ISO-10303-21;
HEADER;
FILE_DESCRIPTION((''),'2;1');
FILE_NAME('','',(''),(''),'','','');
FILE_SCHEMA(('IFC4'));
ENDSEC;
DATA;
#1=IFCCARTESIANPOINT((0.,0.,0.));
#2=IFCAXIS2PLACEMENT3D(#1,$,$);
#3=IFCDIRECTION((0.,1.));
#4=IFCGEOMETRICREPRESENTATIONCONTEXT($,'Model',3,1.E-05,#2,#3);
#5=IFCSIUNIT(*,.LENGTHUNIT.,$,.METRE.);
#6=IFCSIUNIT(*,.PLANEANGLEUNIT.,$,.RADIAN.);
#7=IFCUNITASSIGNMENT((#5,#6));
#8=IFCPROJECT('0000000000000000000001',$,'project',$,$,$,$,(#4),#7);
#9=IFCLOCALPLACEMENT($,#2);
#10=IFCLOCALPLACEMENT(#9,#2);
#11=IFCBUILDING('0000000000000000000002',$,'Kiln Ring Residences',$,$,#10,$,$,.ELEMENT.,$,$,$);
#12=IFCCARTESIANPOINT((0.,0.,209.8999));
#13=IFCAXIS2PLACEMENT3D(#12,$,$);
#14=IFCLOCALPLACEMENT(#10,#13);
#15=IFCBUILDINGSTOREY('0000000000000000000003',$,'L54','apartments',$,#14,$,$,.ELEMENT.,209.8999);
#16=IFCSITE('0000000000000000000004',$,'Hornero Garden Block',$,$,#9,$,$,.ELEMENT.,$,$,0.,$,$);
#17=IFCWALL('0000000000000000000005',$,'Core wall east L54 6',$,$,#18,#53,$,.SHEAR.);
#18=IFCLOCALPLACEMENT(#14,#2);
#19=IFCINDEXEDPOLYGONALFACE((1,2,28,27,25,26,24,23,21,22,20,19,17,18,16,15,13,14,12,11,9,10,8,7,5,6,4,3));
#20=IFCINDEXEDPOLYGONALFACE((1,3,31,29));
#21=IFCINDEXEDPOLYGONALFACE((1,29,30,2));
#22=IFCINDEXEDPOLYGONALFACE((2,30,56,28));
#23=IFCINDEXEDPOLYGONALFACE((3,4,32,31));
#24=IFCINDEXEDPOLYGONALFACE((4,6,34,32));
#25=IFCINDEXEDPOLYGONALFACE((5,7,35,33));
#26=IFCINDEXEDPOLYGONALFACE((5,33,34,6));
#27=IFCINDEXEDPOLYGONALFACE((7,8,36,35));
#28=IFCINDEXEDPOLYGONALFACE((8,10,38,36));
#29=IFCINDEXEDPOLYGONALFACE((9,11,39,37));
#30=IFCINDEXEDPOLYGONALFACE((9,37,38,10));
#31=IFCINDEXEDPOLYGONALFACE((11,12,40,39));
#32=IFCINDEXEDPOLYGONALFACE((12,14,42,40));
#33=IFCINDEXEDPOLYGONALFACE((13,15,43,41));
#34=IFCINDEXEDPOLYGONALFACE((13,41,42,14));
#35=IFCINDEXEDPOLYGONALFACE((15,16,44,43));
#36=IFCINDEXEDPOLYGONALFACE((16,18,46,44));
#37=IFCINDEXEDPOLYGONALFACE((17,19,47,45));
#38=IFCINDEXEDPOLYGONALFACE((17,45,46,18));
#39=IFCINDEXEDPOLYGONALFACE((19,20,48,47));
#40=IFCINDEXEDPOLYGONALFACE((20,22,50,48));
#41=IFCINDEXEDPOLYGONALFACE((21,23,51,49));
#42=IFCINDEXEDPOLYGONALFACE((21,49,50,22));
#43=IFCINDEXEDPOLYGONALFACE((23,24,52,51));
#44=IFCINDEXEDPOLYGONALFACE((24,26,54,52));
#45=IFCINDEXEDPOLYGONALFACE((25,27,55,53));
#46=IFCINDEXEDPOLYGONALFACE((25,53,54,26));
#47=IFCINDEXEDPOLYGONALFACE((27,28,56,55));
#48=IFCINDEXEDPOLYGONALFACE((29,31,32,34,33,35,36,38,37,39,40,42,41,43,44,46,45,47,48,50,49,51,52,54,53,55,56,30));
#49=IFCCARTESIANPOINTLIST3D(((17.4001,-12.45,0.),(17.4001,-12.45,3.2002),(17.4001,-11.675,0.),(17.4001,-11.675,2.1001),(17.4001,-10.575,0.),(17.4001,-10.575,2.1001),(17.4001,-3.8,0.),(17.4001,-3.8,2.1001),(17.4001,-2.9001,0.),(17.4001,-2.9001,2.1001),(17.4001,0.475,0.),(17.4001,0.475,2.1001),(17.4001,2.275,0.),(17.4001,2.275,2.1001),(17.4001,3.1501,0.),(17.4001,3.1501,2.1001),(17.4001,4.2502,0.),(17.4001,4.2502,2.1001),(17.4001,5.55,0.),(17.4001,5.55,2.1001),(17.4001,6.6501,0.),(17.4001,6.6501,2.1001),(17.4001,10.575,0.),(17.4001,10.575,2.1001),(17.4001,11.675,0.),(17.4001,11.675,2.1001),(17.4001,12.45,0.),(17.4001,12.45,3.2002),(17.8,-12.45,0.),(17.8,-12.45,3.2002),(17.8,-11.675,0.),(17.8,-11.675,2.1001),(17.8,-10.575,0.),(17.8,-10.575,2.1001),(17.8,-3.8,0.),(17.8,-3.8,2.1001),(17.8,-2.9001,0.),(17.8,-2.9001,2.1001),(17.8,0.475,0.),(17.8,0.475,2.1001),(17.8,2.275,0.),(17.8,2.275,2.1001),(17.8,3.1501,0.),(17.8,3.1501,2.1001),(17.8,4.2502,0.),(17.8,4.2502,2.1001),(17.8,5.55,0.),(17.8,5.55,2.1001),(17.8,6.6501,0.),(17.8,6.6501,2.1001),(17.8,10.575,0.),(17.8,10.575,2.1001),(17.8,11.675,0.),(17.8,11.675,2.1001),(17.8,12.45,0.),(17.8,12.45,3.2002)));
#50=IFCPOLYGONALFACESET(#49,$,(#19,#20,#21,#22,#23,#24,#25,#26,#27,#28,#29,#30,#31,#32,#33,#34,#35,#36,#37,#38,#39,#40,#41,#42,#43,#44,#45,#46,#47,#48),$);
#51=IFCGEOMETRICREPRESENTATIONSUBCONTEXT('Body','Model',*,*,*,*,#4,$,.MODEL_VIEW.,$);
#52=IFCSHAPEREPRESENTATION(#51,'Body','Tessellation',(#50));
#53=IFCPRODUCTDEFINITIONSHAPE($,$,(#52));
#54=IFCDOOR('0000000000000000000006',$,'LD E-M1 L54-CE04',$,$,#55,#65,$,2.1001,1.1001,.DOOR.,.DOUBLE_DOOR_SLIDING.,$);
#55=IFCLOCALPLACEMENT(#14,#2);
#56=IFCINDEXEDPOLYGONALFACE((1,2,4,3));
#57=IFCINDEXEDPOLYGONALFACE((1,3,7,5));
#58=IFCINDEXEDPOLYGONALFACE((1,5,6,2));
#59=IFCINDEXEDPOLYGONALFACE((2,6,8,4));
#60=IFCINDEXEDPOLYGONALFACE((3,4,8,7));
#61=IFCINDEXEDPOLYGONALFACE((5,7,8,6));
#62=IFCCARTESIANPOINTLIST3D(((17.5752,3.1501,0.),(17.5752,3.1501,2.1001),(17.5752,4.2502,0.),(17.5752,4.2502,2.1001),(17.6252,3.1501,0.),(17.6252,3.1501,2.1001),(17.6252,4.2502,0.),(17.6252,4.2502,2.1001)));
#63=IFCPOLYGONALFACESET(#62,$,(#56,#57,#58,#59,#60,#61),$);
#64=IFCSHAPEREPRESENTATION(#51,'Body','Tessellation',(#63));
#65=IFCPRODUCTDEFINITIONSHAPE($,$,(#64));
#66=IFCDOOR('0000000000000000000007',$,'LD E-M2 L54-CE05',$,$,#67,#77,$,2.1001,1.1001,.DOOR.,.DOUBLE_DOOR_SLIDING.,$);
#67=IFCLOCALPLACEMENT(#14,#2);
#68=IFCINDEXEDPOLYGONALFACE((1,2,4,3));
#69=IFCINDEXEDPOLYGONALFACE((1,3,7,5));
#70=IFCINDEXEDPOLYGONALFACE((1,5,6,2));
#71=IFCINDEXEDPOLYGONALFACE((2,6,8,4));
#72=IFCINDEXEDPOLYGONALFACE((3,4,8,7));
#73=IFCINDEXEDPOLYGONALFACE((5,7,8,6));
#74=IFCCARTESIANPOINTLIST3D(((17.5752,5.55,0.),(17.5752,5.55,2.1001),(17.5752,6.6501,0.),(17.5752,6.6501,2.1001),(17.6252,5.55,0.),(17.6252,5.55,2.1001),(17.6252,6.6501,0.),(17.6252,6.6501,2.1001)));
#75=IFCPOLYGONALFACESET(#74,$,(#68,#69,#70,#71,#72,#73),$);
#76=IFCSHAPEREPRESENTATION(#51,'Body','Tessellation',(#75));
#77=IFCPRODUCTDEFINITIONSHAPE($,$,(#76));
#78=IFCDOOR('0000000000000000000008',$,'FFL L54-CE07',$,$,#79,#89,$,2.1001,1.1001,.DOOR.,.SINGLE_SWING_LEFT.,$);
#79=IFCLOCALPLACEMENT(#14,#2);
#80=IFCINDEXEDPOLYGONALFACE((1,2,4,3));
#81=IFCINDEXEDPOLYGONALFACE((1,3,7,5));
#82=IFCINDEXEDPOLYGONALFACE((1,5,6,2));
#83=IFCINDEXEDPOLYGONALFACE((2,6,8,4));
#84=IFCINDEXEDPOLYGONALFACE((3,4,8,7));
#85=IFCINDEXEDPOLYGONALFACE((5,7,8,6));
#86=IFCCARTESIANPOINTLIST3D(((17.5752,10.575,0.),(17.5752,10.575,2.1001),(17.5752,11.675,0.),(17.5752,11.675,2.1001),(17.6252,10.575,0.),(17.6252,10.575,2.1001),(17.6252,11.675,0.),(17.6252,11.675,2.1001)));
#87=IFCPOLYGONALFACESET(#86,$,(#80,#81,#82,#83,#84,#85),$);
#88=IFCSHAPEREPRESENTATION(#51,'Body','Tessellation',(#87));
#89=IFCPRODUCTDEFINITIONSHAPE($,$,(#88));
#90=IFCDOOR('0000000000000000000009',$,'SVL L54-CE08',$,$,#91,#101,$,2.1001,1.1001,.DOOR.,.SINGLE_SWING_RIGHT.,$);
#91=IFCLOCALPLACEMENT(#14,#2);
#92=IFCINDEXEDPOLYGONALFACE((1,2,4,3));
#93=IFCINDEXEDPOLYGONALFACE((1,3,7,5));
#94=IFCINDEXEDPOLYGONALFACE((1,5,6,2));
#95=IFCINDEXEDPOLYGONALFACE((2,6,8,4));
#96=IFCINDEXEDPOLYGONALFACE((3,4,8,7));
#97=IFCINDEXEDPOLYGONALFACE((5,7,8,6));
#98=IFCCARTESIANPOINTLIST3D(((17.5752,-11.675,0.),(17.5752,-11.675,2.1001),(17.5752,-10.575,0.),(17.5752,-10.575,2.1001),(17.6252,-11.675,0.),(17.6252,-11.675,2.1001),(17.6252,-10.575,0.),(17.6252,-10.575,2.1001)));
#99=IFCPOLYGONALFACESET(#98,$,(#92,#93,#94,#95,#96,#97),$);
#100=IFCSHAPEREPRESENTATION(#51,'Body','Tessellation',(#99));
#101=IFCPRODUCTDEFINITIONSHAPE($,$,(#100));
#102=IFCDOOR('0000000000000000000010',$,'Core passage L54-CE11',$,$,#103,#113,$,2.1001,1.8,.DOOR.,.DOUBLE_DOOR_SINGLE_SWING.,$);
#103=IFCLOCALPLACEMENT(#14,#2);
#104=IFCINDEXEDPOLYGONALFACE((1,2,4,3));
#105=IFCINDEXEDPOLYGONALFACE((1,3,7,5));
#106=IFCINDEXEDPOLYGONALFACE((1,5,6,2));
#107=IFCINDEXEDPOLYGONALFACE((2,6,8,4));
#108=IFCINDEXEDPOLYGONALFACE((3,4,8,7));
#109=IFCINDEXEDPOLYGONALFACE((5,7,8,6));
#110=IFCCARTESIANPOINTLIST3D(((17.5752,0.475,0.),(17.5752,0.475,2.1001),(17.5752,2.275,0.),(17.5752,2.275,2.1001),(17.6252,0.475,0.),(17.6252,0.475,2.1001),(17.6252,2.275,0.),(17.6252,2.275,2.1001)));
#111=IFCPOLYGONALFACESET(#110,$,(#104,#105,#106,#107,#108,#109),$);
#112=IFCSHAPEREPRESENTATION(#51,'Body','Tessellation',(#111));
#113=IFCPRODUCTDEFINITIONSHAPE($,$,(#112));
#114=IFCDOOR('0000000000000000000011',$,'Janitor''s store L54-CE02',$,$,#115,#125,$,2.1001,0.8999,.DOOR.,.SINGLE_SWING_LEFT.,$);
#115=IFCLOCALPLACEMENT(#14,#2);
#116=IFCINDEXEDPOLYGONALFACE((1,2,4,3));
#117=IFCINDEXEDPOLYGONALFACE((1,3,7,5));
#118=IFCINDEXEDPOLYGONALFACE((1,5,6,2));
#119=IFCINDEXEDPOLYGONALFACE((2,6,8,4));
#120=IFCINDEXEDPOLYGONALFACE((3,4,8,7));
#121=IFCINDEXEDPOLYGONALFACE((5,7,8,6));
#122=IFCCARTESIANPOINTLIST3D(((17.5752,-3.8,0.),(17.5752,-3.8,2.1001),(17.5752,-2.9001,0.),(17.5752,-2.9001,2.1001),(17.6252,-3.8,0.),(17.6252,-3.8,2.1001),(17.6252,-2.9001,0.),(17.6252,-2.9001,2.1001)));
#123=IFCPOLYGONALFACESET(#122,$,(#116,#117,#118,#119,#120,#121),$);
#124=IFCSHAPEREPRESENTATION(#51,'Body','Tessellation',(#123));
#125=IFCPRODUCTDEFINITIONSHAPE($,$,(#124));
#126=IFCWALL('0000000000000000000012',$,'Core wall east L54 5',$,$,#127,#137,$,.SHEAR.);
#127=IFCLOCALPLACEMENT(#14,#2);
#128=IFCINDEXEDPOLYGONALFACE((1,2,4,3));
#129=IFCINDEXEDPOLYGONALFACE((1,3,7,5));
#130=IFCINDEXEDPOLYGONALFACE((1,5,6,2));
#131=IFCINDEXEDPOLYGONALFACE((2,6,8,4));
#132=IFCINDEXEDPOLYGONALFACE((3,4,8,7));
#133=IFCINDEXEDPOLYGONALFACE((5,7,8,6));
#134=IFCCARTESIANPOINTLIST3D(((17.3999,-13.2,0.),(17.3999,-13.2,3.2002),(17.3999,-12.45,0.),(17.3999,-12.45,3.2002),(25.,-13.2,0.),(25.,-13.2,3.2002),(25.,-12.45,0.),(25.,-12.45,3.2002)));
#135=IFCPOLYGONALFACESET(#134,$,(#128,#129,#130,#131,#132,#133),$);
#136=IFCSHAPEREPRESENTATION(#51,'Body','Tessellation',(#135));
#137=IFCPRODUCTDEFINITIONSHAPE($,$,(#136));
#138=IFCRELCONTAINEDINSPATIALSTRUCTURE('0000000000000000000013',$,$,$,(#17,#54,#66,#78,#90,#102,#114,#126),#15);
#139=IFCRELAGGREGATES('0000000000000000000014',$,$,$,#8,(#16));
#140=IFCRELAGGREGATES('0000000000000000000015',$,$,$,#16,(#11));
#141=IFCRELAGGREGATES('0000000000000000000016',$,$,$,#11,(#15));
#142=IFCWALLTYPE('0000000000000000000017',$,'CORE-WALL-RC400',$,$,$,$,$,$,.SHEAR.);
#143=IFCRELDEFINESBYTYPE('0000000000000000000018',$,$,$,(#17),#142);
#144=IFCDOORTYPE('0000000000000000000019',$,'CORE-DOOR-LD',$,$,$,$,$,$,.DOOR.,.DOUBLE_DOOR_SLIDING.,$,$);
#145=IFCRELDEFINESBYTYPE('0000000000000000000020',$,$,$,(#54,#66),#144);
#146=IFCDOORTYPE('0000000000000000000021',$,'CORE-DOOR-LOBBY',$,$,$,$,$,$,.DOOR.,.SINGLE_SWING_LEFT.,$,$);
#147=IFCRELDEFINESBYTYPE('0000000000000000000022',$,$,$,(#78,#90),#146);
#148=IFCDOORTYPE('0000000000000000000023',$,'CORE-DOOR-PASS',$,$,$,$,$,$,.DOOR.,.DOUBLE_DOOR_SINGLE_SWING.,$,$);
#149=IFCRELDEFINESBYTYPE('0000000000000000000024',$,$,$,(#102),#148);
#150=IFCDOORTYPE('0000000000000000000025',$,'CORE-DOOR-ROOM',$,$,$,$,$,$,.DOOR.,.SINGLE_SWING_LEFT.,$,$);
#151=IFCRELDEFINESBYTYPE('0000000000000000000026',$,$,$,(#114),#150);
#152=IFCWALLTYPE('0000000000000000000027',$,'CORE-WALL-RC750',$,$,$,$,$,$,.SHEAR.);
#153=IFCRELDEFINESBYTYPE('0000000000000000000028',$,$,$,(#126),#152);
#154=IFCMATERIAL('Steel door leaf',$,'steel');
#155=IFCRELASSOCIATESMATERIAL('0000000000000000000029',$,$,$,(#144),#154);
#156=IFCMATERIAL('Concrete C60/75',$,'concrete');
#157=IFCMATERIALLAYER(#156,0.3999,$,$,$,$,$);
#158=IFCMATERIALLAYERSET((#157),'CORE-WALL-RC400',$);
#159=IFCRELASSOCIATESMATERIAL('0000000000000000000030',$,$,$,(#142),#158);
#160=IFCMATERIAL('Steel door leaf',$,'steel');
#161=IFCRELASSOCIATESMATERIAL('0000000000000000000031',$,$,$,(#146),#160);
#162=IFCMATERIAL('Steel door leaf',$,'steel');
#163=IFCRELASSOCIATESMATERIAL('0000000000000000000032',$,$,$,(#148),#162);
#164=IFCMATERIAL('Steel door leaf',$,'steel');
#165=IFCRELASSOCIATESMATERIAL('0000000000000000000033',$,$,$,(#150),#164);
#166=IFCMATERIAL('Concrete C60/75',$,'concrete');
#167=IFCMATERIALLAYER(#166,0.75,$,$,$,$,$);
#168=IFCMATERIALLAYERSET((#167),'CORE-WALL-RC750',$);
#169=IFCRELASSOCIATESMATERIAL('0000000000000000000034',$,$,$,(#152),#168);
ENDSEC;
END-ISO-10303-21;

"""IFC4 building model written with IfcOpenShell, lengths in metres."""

from ifc_helpers import new_model, si_unit, direction, frame, frame_2d, origin, place, context, subcontext, project, spatial, rectangle, extrude, material, layer, layer_set, type_object, element, fill, save


model = new_model("IFC4")

# Units and contexts
model_context = context("Model", 3, precision=1e-05, world=origin(), true_north=direction((0.0, 1.0)))
body_context = subcontext(model_context, "Body", "Model", "MODEL_VIEW")
ifc_project = project(units=[si_unit("LENGTHUNIT", "METRE"), si_unit("PLANEANGLEUNIT", "RADIAN")], contexts=[model_context])

# Site, building, storey
site_placement = place(None, origin())
site = spatial("IfcSite", under=ifc_project, at=site_placement, Name="Hornero Garden Block", CompositionType="ELEMENT", RefElevation=0.0)
building_placement = place(site_placement, origin())
building = spatial("IfcBuilding", under=site, at=building_placement, Name="Kiln Ring Residences", CompositionType="ELEMENT")
storey_placement = place(building_placement, frame((0.0, 0.0, 209.8999)))
storey = spatial("IfcBuildingStorey", under=building, at=storey_placement, Name="L54", Description="apartments", CompositionType="ELEMENT", Elevation=209.8999)

# Wall, openings, doors
ifc_material_1 = material(Name="Steel door leaf", Category="steel")
door_type_1 = type_object("IfcDoorType", Name="CORE-DOOR-LD", OperationType="DOUBLE_DOOR_SLIDING", PredefinedType="DOOR", material=ifc_material_1)
ifc_material_2 = material(Name="Concrete C60/75", Category="concrete")
ifc_layer_1 = layer(ifc_material_2, 0.3999)
ifc_layer_set_1 = layer_set([ifc_layer_1], Name="CORE-WALL-RC400")
wall_type_1 = type_object("IfcWallType", Name="CORE-WALL-RC400", PredefinedType="SHEAR", material=ifc_layer_set_1)
wall_1_placement = place(storey_placement, frame((17.6001, -12.45, 0.0), z_axis=(0.0, 0.0, 1.0), x_axis=(0.0, 1.0, 0.0)))
wall_1 = element("IfcWall", 1, at=wall_1_placement, inside=storey, type_object=wall_type_1, Name="Core wall east L54 6", PredefinedType="SHEAR", context=body_context, shape_type="SweptSolid", body=[
    extrude(rectangle(XDim=24.8999, YDim=0.3999, at=frame_2d((12.45, 0.0))), origin(), (0.0, 0.0, 1.0), 3.2002),
])
opening_1_placement = place(wall_1_placement, frame((8.6499, 0.0, 0.0)))
opening_1 = element("IfcOpeningElement", 2, at=opening_1_placement, cuts=wall_1, PredefinedType="OPENING", context=body_context, shape_type="SweptSolid", body=[
    extrude(rectangle(XDim=0.8999, YDim=2.1001, at=frame_2d((0.45, 1.05))), frame((0.0, 0.21, 0.0), z_axis=(0.0, -1.0, 0.0), x_axis=(1.0, 0.0, 0.0)), (0.0, 0.0, 1.0), 0.4199),
])
opening_2_placement = place(wall_1_placement, frame((15.6001, 0.0, 0.0)))
opening_2 = element("IfcOpeningElement", 3, at=opening_2_placement, cuts=wall_1, PredefinedType="OPENING", context=body_context, shape_type="SweptSolid", body=[
    extrude(rectangle(XDim=1.1001, YDim=2.1001, at=frame_2d((0.55, 1.05))), frame((0.0, 0.21, 0.0), z_axis=(0.0, -1.0, 0.0), x_axis=(1.0, 0.0, 0.0)), (0.0, 0.0, 1.0), 0.4199),
])
opening_3_placement = place(wall_1_placement, frame((18.0, 0.0, 0.0)))
opening_3 = element("IfcOpeningElement", 4, at=opening_3_placement, cuts=wall_1, PredefinedType="OPENING", context=body_context, shape_type="SweptSolid", body=[
    extrude(rectangle(XDim=1.1001, YDim=2.1001, at=frame_2d((0.55, 1.05))), frame((0.0, 0.21, 0.0), z_axis=(0.0, -1.0, 0.0), x_axis=(1.0, 0.0, 0.0)), (0.0, 0.0, 1.0), 0.4199),
])
opening_4_placement = place(wall_1_placement, frame((23.0249, 0.0, 0.0)))
opening_4 = element("IfcOpeningElement", 5, at=opening_4_placement, cuts=wall_1, PredefinedType="OPENING", context=body_context, shape_type="SweptSolid", body=[
    extrude(rectangle(XDim=1.1001, YDim=2.1001, at=frame_2d((0.55, 1.05))), frame((0.0, 0.21, 0.0), z_axis=(0.0, -1.0, 0.0), x_axis=(1.0, 0.0, 0.0)), (0.0, 0.0, 1.0), 0.4199),
])
opening_5_placement = place(wall_1_placement, frame((0.7749, 0.0, 0.0)))
opening_5 = element("IfcOpeningElement", 6, at=opening_5_placement, cuts=wall_1, PredefinedType="OPENING", context=body_context, shape_type="SweptSolid", body=[
    extrude(rectangle(XDim=1.1001, YDim=2.1001, at=frame_2d((0.55, 1.05))), frame((0.0, 0.21, 0.0), z_axis=(0.0, -1.0, 0.0), x_axis=(1.0, 0.0, 0.0)), (0.0, 0.0, 1.0), 0.4199),
])
opening_6_placement = place(wall_1_placement, frame((12.925, 0.0, 0.0)))
opening_6 = element("IfcOpeningElement", 7, at=opening_6_placement, cuts=wall_1, PredefinedType="OPENING", context=body_context, shape_type="SweptSolid", body=[
    extrude(rectangle(XDim=1.8, YDim=2.1001, at=frame_2d((0.8999, 1.05))), frame((0.0, 0.21, 0.0), z_axis=(0.0, -1.0, 0.0), x_axis=(1.0, 0.0, 0.0)), (0.0, 0.0, 1.0), 0.4199),
])
door_1_placement = place(opening_2_placement, origin())
door_1 = element("IfcDoor", 8, at=door_1_placement, inside=storey, type_object=door_type_1, Name="LD E-M1 L54-CE04", OperationType="DOUBLE_DOOR_SLIDING", OverallHeight=2.1001, OverallWidth=1.1001, PredefinedType="DOOR", context=body_context, shape_type="SweptSolid", body=[
    extrude(rectangle(XDim=1.1001, YDim=2.1001, at=frame_2d((0.55, 1.05))), frame((0.0, 0.0249, 0.0), z_axis=(0.0, -1.0, 0.0), x_axis=(1.0, 0.0, 0.0)), (0.0, 0.0, 1.0), 0.05),
])
fill(opening_2, door_1)
door_2_placement = place(opening_3_placement, origin())
door_2 = element("IfcDoor", 9, at=door_2_placement, inside=storey, type_object=door_type_1, Name="LD E-M2 L54-CE05", OperationType="DOUBLE_DOOR_SLIDING", OverallHeight=2.1001, OverallWidth=1.1001, PredefinedType="DOOR", context=body_context, shape_type="SweptSolid", body=[
    extrude(rectangle(XDim=1.1001, YDim=2.1001, at=frame_2d((0.55, 1.05))), frame((0.0, 0.0249, 0.0), z_axis=(0.0, -1.0, 0.0), x_axis=(1.0, 0.0, 0.0)), (0.0, 0.0, 1.0), 0.05),
])
fill(opening_3, door_2)
ifc_material_3 = material(Name="Steel door leaf", Category="steel")
door_type_2 = type_object("IfcDoorType", Name="CORE-DOOR-LOBBY", OperationType="SINGLE_SWING_LEFT", PredefinedType="DOOR", material=ifc_material_3)
door_3_placement = place(opening_4_placement, origin())
door_3 = element("IfcDoor", 10, at=door_3_placement, inside=storey, type_object=door_type_2, Name="FFL L54-CE07", OperationType="SINGLE_SWING_LEFT", OverallHeight=2.1001, OverallWidth=1.1001, PredefinedType="DOOR", context=body_context, shape_type="SweptSolid", body=[
    extrude(rectangle(XDim=1.1001, YDim=2.1001, at=frame_2d((0.55, 1.05))), frame((0.0, 0.0249, 0.0), z_axis=(0.0, -1.0, 0.0), x_axis=(1.0, 0.0, 0.0)), (0.0, 0.0, 1.0), 0.05),
])
fill(opening_4, door_3)
door_4_placement = place(opening_5_placement, origin())
door_4 = element("IfcDoor", 11, at=door_4_placement, inside=storey, type_object=door_type_2, Name="SVL L54-CE08", OperationType="SINGLE_SWING_RIGHT", OverallHeight=2.1001, OverallWidth=1.1001, PredefinedType="DOOR", context=body_context, shape_type="SweptSolid", body=[
    extrude(rectangle(XDim=1.1001, YDim=2.1001, at=frame_2d((0.55, 1.05))), frame((0.0, 0.0249, 0.0), z_axis=(0.0, -1.0, 0.0), x_axis=(1.0, 0.0, 0.0)), (0.0, 0.0, 1.0), 0.05),
])
fill(opening_5, door_4)
ifc_material_4 = material(Name="Steel door leaf", Category="steel")
door_type_3 = type_object("IfcDoorType", Name="CORE-DOOR-PASS", OperationType="DOUBLE_DOOR_SINGLE_SWING", PredefinedType="DOOR", material=ifc_material_4)
door_5_placement = place(opening_6_placement, origin())
door_5 = element("IfcDoor", 12, at=door_5_placement, inside=storey, type_object=door_type_3, Name="Core passage L54-CE11", OperationType="DOUBLE_DOOR_SINGLE_SWING", OverallHeight=2.1001, OverallWidth=1.8, PredefinedType="DOOR", context=body_context, shape_type="SweptSolid", body=[
    extrude(rectangle(XDim=1.8, YDim=2.1001, at=frame_2d((0.8999, 1.05))), frame((0.0, 0.0249, 0.0), z_axis=(0.0, -1.0, 0.0), x_axis=(1.0, 0.0, 0.0)), (0.0, 0.0, 1.0), 0.05),
])
fill(opening_6, door_5)
ifc_material_5 = material(Name="Steel door leaf", Category="steel")
door_type_4 = type_object("IfcDoorType", Name="CORE-DOOR-ROOM", OperationType="SINGLE_SWING_LEFT", PredefinedType="DOOR", material=ifc_material_5)
door_6_placement = place(opening_1_placement, origin())
door_6 = element("IfcDoor", 13, at=door_6_placement, inside=storey, type_object=door_type_4, Name="Janitor's store L54-CE02", OperationType="SINGLE_SWING_LEFT", OverallHeight=2.1001, OverallWidth=0.8999, PredefinedType="DOOR", context=body_context, shape_type="SweptSolid", body=[
    extrude(rectangle(XDim=0.8999, YDim=2.1001, at=frame_2d((0.45, 1.05))), frame((0.0, 0.0249, 0.0), z_axis=(0.0, -1.0, 0.0), x_axis=(1.0, 0.0, 0.0)), (0.0, 0.0, 1.0), 0.05),
])
fill(opening_1, door_6)

# Wall
ifc_material_6 = material(Name="Concrete C60/75", Category="concrete")
ifc_layer_2 = layer(ifc_material_6, 0.75)
ifc_layer_set_2 = layer_set([ifc_layer_2], Name="CORE-WALL-RC750")
wall_type_2 = type_object("IfcWallType", Name="CORE-WALL-RC750", PredefinedType="SHEAR", material=ifc_layer_set_2)
wall_2_placement = place(storey_placement, frame((17.3999, -12.825, 0.0), z_axis=(0.0, 0.0, 1.0), x_axis=(1.0, 0.0, 0.0)))
element("IfcWall", 14, at=wall_2_placement, inside=storey, type_object=wall_type_2, Name="Core wall east L54 5", PredefinedType="SHEAR", context=body_context, shape_type="SweptSolid", body=[
    extrude(rectangle(XDim=7.6001, YDim=0.75, at=frame_2d((3.8, 0.0))), origin(), (0.0, 0.0, 1.0), 3.2002),
])

save(model, "model.ifc")
